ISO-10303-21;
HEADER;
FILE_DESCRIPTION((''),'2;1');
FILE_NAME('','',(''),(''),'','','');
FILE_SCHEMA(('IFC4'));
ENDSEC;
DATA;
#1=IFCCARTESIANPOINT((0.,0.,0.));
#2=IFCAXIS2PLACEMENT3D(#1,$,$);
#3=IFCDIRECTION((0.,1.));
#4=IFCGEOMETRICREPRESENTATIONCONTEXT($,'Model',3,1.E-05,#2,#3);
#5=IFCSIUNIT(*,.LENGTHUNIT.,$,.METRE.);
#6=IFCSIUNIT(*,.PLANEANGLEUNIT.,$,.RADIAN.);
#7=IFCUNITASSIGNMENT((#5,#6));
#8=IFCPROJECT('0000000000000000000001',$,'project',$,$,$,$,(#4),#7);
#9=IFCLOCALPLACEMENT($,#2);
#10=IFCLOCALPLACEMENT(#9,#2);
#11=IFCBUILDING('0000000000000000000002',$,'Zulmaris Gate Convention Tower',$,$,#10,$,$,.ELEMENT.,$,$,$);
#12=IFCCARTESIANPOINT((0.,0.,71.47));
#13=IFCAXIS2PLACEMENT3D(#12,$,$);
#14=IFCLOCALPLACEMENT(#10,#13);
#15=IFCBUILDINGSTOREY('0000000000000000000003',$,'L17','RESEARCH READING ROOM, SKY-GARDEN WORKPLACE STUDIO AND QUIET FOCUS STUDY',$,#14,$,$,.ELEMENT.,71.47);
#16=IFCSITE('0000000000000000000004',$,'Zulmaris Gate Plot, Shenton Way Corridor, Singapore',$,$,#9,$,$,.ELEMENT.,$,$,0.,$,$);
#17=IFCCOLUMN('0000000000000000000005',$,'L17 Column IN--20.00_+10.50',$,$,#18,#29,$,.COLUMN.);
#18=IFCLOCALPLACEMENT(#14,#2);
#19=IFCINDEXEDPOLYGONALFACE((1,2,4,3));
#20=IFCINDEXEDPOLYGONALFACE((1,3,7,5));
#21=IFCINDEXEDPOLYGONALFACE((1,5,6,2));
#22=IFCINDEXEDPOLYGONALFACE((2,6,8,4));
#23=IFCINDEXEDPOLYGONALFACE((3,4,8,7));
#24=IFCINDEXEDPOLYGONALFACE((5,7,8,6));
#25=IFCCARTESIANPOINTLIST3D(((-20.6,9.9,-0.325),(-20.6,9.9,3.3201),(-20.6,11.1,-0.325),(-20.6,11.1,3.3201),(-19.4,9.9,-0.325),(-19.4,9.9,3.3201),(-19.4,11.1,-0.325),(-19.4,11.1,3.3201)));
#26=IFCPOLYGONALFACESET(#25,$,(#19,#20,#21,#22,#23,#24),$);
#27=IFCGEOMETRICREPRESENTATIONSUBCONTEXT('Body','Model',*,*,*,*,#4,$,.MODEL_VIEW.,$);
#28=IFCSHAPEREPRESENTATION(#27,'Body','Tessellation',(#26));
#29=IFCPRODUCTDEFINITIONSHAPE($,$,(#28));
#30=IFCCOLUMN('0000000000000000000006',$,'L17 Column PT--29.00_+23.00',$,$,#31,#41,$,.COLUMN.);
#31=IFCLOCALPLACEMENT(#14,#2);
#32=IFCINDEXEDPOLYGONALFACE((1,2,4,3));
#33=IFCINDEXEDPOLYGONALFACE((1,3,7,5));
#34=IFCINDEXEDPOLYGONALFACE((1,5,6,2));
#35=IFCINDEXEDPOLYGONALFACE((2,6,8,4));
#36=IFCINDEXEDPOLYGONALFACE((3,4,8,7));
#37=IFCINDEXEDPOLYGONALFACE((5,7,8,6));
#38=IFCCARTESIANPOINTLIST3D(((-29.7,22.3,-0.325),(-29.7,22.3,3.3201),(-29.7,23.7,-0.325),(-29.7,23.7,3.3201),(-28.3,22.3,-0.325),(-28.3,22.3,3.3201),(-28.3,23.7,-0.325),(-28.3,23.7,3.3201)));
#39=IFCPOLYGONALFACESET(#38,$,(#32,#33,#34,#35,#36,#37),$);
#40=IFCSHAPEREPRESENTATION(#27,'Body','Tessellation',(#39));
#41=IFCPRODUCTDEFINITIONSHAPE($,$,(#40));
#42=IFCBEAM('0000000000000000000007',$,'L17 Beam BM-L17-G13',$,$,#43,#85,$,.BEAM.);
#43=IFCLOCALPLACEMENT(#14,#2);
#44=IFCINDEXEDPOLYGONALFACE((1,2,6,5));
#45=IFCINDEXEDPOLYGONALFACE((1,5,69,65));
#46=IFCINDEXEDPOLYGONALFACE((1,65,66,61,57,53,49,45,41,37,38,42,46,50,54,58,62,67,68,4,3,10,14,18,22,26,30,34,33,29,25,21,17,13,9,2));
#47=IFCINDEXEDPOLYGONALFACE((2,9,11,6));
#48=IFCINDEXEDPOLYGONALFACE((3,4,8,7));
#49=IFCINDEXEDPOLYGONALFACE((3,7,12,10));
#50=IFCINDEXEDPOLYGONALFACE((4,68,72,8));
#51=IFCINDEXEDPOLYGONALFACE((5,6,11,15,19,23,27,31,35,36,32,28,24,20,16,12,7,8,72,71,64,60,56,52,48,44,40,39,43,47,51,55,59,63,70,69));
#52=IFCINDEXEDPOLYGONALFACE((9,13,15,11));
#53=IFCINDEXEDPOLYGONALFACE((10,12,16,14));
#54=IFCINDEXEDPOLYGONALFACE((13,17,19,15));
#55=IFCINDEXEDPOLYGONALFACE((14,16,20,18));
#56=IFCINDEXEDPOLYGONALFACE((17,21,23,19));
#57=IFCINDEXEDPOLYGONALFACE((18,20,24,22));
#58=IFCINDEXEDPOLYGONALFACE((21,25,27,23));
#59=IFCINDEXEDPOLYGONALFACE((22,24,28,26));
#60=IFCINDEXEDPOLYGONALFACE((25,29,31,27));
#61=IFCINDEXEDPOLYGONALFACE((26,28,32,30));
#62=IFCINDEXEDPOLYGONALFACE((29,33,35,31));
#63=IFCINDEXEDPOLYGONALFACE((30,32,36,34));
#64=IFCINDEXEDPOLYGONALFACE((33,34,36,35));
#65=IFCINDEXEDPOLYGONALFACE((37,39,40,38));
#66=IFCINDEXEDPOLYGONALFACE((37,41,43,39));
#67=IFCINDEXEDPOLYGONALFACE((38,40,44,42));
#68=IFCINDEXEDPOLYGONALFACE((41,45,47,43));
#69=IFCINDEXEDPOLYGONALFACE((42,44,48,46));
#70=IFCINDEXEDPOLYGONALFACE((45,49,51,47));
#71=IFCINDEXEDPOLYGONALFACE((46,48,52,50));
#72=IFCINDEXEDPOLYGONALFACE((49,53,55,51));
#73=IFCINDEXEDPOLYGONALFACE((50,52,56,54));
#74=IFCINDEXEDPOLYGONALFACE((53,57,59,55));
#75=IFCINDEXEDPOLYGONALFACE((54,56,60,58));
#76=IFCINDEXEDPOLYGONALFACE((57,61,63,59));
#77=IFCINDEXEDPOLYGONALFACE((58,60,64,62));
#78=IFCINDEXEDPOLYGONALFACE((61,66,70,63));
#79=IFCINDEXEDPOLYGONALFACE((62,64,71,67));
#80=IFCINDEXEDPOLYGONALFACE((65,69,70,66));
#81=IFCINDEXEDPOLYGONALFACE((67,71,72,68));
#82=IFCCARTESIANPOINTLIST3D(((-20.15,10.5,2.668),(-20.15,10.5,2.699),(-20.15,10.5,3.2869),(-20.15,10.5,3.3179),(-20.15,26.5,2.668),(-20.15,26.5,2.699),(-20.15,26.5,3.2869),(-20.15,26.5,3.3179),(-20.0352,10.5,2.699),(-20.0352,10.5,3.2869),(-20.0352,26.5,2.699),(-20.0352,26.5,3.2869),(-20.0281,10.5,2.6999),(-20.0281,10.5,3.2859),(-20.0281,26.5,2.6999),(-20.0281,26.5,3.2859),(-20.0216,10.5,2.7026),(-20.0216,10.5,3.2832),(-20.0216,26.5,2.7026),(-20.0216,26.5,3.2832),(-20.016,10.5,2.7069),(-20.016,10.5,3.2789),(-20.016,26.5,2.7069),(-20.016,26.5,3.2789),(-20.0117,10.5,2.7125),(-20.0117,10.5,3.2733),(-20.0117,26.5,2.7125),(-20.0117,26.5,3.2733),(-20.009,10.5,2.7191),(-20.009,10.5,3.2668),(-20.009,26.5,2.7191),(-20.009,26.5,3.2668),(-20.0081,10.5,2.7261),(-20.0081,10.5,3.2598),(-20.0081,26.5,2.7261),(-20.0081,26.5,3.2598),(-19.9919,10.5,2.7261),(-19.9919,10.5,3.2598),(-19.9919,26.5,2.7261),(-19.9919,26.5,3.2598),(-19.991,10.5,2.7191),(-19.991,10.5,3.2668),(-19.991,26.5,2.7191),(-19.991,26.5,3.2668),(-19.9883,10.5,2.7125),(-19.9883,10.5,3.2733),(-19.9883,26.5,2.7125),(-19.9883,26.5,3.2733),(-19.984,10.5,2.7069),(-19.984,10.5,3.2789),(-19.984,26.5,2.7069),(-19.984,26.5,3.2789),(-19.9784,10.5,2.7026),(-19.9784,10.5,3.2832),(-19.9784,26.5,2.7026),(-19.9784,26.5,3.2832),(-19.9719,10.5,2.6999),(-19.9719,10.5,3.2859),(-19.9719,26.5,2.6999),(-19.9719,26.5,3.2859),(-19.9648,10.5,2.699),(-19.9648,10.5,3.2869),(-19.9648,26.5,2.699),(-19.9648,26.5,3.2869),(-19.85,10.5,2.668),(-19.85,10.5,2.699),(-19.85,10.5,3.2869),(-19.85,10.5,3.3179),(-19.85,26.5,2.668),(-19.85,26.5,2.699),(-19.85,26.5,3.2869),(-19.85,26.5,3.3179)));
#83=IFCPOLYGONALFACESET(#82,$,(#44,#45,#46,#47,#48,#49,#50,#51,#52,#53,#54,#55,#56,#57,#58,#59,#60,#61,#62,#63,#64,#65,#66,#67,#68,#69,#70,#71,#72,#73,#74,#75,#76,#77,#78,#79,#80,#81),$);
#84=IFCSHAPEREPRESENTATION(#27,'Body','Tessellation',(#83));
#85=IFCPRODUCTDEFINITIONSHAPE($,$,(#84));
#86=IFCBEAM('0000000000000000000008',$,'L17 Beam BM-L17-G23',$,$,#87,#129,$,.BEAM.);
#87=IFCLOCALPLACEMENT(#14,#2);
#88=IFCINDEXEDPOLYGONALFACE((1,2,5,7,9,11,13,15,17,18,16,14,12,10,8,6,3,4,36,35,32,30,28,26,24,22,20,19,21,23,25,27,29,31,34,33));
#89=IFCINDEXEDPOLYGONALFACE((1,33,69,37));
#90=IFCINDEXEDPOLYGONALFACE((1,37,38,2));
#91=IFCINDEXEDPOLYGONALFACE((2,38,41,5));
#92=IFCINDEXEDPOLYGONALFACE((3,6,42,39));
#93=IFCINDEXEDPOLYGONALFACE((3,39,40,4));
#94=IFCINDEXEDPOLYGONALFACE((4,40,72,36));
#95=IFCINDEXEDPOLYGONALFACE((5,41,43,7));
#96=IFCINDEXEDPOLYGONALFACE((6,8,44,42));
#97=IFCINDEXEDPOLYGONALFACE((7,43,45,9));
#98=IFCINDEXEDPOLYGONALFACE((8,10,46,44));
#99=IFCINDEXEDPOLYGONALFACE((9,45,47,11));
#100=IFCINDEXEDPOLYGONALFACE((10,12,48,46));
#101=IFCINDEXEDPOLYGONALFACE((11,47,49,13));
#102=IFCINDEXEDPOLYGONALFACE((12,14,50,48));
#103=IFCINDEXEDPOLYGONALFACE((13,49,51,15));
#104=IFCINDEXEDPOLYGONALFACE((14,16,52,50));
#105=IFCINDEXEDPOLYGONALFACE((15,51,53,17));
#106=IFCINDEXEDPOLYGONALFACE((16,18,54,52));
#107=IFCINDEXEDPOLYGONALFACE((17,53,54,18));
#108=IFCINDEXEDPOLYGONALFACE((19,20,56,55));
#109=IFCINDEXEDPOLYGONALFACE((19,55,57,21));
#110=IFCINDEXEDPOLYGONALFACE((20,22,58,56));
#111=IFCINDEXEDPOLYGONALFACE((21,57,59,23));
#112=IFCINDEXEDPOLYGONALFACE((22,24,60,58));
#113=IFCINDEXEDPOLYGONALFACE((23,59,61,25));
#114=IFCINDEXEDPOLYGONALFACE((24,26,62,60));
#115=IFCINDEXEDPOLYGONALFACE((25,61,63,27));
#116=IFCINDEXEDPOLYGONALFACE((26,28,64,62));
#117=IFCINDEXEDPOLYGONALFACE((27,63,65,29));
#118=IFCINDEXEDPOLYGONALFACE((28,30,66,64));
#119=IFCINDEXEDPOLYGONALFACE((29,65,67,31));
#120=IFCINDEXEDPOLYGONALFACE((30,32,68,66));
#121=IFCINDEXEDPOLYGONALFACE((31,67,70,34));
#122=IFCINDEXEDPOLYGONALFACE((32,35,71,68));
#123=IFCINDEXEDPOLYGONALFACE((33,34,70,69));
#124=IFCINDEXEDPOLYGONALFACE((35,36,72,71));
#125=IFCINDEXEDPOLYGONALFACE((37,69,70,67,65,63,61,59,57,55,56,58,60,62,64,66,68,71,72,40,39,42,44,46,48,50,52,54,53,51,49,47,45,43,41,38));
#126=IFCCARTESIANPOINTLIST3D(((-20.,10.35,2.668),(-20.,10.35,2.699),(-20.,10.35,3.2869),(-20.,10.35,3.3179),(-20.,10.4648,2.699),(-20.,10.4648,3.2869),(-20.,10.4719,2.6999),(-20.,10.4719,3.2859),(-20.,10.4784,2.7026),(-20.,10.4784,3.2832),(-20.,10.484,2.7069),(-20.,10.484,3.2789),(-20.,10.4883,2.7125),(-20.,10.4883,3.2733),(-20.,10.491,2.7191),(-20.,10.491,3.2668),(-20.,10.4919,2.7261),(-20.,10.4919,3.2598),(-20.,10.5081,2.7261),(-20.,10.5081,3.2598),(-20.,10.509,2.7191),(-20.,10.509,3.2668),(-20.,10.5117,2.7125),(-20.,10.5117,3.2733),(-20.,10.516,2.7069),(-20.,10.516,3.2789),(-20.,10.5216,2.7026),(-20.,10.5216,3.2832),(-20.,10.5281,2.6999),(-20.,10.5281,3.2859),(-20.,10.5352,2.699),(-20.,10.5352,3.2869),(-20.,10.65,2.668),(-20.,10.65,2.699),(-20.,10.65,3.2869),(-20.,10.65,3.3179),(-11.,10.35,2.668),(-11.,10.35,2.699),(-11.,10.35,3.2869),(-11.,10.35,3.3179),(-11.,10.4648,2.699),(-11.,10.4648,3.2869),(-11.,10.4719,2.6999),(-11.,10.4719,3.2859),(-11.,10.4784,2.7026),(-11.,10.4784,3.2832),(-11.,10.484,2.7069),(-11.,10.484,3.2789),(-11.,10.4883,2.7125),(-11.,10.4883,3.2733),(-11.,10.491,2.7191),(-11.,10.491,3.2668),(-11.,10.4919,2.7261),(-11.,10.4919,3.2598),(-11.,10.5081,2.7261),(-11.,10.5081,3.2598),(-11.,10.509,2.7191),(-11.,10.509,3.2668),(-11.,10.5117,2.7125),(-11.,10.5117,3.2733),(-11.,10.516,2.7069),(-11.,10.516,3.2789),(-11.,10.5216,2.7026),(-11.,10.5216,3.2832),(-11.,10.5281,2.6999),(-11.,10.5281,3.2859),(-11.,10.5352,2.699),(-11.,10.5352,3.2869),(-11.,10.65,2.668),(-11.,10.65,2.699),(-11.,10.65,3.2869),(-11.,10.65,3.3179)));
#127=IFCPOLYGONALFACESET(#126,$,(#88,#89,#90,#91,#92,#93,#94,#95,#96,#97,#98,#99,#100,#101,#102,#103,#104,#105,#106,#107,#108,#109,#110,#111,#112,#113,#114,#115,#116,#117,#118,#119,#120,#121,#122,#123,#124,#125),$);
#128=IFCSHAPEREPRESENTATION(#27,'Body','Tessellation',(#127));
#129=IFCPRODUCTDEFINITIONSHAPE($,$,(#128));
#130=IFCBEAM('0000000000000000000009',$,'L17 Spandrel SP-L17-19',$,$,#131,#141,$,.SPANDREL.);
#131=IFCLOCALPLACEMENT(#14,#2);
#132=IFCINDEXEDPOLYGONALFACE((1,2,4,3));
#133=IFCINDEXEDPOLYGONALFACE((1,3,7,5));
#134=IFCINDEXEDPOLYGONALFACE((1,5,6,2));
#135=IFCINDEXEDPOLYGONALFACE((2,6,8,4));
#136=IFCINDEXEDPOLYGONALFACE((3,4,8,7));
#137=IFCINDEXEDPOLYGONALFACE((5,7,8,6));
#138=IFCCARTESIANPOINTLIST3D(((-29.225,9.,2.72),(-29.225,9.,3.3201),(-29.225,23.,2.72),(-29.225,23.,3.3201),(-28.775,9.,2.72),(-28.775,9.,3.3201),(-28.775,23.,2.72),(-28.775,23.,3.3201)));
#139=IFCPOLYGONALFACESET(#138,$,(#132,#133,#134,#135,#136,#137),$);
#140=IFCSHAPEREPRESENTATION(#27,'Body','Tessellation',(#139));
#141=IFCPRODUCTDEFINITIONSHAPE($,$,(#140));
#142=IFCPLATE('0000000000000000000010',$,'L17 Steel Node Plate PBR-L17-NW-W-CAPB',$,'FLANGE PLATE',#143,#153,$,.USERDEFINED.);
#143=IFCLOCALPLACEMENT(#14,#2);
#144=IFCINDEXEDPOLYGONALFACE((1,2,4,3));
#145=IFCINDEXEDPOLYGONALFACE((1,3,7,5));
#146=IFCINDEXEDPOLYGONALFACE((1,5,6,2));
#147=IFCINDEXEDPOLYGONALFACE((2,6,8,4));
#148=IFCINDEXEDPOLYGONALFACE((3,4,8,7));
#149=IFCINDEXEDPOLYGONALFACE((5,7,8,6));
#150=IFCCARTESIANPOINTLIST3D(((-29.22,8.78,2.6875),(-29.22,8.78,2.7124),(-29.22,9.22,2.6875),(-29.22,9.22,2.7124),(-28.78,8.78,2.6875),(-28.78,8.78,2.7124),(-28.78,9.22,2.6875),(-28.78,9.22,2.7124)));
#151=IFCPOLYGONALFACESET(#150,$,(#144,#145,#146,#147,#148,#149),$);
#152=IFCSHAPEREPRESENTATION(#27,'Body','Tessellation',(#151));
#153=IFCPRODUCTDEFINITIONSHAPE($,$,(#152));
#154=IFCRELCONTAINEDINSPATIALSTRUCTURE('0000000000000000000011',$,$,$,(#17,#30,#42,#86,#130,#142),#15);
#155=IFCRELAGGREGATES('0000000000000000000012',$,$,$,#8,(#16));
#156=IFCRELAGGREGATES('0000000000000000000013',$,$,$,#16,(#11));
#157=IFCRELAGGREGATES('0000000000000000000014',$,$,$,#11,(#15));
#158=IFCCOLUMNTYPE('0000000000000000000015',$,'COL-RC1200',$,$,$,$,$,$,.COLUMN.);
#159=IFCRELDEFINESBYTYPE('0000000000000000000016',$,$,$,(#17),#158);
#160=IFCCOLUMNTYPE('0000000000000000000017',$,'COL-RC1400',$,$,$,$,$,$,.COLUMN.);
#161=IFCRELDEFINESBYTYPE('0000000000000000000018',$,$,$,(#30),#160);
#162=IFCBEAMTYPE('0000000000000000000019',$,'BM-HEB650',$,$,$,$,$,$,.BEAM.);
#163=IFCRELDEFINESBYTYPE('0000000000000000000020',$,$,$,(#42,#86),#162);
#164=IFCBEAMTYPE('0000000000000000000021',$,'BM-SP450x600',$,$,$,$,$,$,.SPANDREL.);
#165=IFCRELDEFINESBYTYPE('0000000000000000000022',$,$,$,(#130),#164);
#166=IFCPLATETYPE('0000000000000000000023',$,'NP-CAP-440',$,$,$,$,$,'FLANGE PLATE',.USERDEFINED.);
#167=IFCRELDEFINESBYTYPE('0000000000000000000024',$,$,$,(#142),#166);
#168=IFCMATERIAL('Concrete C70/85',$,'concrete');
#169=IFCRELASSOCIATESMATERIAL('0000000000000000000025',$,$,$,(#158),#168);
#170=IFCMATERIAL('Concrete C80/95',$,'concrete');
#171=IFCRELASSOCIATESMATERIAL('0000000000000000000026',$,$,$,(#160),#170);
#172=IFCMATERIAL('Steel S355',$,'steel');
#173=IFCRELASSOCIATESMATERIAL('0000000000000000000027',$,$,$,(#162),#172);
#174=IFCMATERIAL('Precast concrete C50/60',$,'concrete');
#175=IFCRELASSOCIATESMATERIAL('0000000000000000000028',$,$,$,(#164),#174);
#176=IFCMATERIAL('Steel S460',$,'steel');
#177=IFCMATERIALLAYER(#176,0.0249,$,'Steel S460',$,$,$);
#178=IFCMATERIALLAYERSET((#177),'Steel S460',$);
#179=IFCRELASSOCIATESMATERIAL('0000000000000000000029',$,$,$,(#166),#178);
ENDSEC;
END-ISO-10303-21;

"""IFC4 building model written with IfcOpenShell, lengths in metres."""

from ifc_helpers import new_model, si_unit, direction, frame, origin, origin_2d, place, context, subcontext, project, spatial, rectangle, i_section, extrude, material, layer, layer_set, material_profile, profile_set, type_object, element, save


model = new_model("IFC4")

# Units and contexts
model_context = context("Model", 3, precision=1e-05, world=origin(), true_north=direction((0.0, 1.0)))
body_context = subcontext(model_context, "Body", "Model", "MODEL_VIEW")
ifc_project = project(units=[si_unit("LENGTHUNIT", "METRE"), si_unit("PLANEANGLEUNIT", "RADIAN")], contexts=[model_context])

# Site, building, storey
site_placement = place(None, origin())
site = spatial("IfcSite", under=ifc_project, at=site_placement, Name="Zulmaris Gate Plot, Shenton Way Corridor, Singapore", CompositionType="ELEMENT", RefElevation=0.0)
building_placement = place(site_placement, origin())
building = spatial("IfcBuilding", under=site, at=building_placement, Name="Zulmaris Gate Convention Tower", CompositionType="ELEMENT")
storey_placement = place(building_placement, frame((0.0, 0.0, 71.47)))
storey = spatial("IfcBuildingStorey", under=building, at=storey_placement, Name="L17", Description="RESEARCH READING ROOM, SKY-GARDEN WORKPLACE STUDIO AND QUIET FOCUS STUDY", CompositionType="ELEMENT", Elevation=71.47)

# Columns
ifc_material_1 = material(Name="Concrete C70/85", Category="concrete")
ifc_material_profile_1 = material_profile(ifc_material_1, rectangle(XDim=1.2, YDim=1.2, at=origin_2d()), Name="RC COL 1200x1200")
ifc_profile_set_1 = profile_set([ifc_material_profile_1], Name="Concrete C70/85")
column_type_1 = type_object("IfcColumnType", Name="COL-RC1200", PredefinedType="COLUMN", material=ifc_profile_set_1)
column_1_placement = place(storey_placement, frame((-20.0, 10.5, -0.325), z_axis=(0.0, 0.0, 1.0), x_axis=(1.0, 0.0, 0.0)))
element("IfcColumn", 1, at=column_1_placement, inside=storey, type_object=column_type_1, Name="L17 Column IN--20.00_+10.50", PredefinedType="COLUMN", context=body_context, shape_type="SweptSolid", body=[
    extrude(rectangle(XDim=1.2, YDim=1.2, at=origin_2d()), origin(), (0.0, 0.0, 1.0), 3.645),
])
ifc_material_2 = material(Name="Concrete C80/95", Category="concrete")
ifc_material_profile_2 = material_profile(ifc_material_2, rectangle(XDim=1.3999, YDim=1.3999, at=origin_2d()), Name="RC COL 1400x1400")
ifc_profile_set_2 = profile_set([ifc_material_profile_2], Name="Concrete C80/95")
column_type_2 = type_object("IfcColumnType", Name="COL-RC1400", PredefinedType="COLUMN", material=ifc_profile_set_2)
column_2_placement = place(storey_placement, frame((-29.0, 23.0, -0.325), z_axis=(0.0, 0.0, 1.0), x_axis=(1.0, 0.0, 0.0)))
element("IfcColumn", 2, at=column_2_placement, inside=storey, type_object=column_type_2, Name="L17 Column PT--29.00_+23.00", PredefinedType="COLUMN", context=body_context, shape_type="SweptSolid", body=[
    extrude(rectangle(XDim=1.3999, YDim=1.3999, at=origin_2d()), origin(), (0.0, 0.0, 1.0), 3.645),
])

# Beams
ifc_material_3 = material(Name="Steel S355", Category="steel")
ifc_material_profile_3 = material_profile(ifc_material_3, i_section(OverallWidth=0.3, OverallDepth=0.6499, WebThickness=0.0161, FlangeThickness=0.031, FilletRadius=0.0271, at=origin_2d()), Name="HEB 650")
ifc_profile_set_3 = profile_set([ifc_material_profile_3], Name="Steel S355")
beam_type_1 = type_object("IfcBeamType", Name="BM-HEB650", PredefinedType="BEAM", material=ifc_profile_set_3)
beam_1_placement = place(storey_placement, frame((-20.0, 10.5, 2.9929), z_axis=(0.0, 1.0, 0.0), x_axis=(-1.0, 0.0, 0.0)))
element("IfcBeam", 3, at=beam_1_placement, inside=storey, type_object=beam_type_1, Name="L17 Beam BM-L17-G13", PredefinedType="BEAM", context=body_context, shape_type="SweptSolid", body=[
    extrude(i_section(OverallWidth=0.3, OverallDepth=0.6499, WebThickness=0.0161, FlangeThickness=0.031, FilletRadius=0.0271, at=origin_2d()), origin(), (0.0, 0.0, 1.0), 16.0),
])
beam_2_placement = place(storey_placement, frame((-20.0, 10.5, 2.9929), z_axis=(1.0, 0.0, 0.0), x_axis=(0.0, 1.0, 0.0)))
element("IfcBeam", 4, at=beam_2_placement, inside=storey, type_object=beam_type_1, Name="L17 Beam BM-L17-G23", PredefinedType="BEAM", context=body_context, shape_type="SweptSolid", body=[
    extrude(i_section(OverallWidth=0.3, OverallDepth=0.6499, WebThickness=0.0161, FlangeThickness=0.031, FilletRadius=0.0271, at=origin_2d()), origin(), (0.0, 0.0, 1.0), 9.0),
])
ifc_material_4 = material(Name="Precast concrete C50/60", Category="concrete")
ifc_material_profile_4 = material_profile(ifc_material_4, rectangle(XDim=0.45, YDim=0.6001, at=origin_2d()), Name="RC SPANDREL 450x600")
ifc_profile_set_4 = profile_set([ifc_material_profile_4], Name="Precast concrete C50/60")
beam_type_2 = type_object("IfcBeamType", Name="BM-SP450x600", PredefinedType="SPANDREL", material=ifc_profile_set_4)
beam_3_placement = place(storey_placement, frame((-29.0, 23.0, 3.02), z_axis=(0.0, -1.0, 0.0), x_axis=(1.0, 0.0, 0.0)))
element("IfcBeam", 5, at=beam_3_placement, inside=storey, type_object=beam_type_2, Name="L17 Spandrel SP-L17-19", PredefinedType="SPANDREL", context=body_context, shape_type="SweptSolid", body=[
    extrude(rectangle(XDim=0.45, YDim=0.6001, at=origin_2d()), origin(), (0.0, 0.0, 1.0), 14.0),
])

# Plate
ifc_material_5 = material(Name="Steel S460", Category="steel")
ifc_layer_1 = layer(ifc_material_5, 0.0249, Name="Steel S460")
ifc_layer_set_1 = layer_set([ifc_layer_1], Name="Steel S460")
plate_type = type_object("IfcPlateType", Name="NP-CAP-440", ElementType="FLANGE PLATE", PredefinedType="USERDEFINED", material=ifc_layer_set_1)
plate_placement = place(storey_placement, frame((-29.0, 9.0, 2.6875), z_axis=(0.0, 0.0, 1.0), x_axis=(1.0, 0.0, 0.0)))
element("IfcPlate", 6, at=plate_placement, inside=storey, type_object=plate_type, Name="L17 Steel Node Plate PBR-L17-NW-W-CAPB", ObjectType="FLANGE PLATE", PredefinedType="USERDEFINED", context=body_context, shape_type="SweptSolid", body=[
    extrude(rectangle(XDim=0.4399, YDim=0.4399, at=origin_2d()), origin(), (0.0, 0.0, 1.0), 0.0249),
])

save(model, "model.ifc")
